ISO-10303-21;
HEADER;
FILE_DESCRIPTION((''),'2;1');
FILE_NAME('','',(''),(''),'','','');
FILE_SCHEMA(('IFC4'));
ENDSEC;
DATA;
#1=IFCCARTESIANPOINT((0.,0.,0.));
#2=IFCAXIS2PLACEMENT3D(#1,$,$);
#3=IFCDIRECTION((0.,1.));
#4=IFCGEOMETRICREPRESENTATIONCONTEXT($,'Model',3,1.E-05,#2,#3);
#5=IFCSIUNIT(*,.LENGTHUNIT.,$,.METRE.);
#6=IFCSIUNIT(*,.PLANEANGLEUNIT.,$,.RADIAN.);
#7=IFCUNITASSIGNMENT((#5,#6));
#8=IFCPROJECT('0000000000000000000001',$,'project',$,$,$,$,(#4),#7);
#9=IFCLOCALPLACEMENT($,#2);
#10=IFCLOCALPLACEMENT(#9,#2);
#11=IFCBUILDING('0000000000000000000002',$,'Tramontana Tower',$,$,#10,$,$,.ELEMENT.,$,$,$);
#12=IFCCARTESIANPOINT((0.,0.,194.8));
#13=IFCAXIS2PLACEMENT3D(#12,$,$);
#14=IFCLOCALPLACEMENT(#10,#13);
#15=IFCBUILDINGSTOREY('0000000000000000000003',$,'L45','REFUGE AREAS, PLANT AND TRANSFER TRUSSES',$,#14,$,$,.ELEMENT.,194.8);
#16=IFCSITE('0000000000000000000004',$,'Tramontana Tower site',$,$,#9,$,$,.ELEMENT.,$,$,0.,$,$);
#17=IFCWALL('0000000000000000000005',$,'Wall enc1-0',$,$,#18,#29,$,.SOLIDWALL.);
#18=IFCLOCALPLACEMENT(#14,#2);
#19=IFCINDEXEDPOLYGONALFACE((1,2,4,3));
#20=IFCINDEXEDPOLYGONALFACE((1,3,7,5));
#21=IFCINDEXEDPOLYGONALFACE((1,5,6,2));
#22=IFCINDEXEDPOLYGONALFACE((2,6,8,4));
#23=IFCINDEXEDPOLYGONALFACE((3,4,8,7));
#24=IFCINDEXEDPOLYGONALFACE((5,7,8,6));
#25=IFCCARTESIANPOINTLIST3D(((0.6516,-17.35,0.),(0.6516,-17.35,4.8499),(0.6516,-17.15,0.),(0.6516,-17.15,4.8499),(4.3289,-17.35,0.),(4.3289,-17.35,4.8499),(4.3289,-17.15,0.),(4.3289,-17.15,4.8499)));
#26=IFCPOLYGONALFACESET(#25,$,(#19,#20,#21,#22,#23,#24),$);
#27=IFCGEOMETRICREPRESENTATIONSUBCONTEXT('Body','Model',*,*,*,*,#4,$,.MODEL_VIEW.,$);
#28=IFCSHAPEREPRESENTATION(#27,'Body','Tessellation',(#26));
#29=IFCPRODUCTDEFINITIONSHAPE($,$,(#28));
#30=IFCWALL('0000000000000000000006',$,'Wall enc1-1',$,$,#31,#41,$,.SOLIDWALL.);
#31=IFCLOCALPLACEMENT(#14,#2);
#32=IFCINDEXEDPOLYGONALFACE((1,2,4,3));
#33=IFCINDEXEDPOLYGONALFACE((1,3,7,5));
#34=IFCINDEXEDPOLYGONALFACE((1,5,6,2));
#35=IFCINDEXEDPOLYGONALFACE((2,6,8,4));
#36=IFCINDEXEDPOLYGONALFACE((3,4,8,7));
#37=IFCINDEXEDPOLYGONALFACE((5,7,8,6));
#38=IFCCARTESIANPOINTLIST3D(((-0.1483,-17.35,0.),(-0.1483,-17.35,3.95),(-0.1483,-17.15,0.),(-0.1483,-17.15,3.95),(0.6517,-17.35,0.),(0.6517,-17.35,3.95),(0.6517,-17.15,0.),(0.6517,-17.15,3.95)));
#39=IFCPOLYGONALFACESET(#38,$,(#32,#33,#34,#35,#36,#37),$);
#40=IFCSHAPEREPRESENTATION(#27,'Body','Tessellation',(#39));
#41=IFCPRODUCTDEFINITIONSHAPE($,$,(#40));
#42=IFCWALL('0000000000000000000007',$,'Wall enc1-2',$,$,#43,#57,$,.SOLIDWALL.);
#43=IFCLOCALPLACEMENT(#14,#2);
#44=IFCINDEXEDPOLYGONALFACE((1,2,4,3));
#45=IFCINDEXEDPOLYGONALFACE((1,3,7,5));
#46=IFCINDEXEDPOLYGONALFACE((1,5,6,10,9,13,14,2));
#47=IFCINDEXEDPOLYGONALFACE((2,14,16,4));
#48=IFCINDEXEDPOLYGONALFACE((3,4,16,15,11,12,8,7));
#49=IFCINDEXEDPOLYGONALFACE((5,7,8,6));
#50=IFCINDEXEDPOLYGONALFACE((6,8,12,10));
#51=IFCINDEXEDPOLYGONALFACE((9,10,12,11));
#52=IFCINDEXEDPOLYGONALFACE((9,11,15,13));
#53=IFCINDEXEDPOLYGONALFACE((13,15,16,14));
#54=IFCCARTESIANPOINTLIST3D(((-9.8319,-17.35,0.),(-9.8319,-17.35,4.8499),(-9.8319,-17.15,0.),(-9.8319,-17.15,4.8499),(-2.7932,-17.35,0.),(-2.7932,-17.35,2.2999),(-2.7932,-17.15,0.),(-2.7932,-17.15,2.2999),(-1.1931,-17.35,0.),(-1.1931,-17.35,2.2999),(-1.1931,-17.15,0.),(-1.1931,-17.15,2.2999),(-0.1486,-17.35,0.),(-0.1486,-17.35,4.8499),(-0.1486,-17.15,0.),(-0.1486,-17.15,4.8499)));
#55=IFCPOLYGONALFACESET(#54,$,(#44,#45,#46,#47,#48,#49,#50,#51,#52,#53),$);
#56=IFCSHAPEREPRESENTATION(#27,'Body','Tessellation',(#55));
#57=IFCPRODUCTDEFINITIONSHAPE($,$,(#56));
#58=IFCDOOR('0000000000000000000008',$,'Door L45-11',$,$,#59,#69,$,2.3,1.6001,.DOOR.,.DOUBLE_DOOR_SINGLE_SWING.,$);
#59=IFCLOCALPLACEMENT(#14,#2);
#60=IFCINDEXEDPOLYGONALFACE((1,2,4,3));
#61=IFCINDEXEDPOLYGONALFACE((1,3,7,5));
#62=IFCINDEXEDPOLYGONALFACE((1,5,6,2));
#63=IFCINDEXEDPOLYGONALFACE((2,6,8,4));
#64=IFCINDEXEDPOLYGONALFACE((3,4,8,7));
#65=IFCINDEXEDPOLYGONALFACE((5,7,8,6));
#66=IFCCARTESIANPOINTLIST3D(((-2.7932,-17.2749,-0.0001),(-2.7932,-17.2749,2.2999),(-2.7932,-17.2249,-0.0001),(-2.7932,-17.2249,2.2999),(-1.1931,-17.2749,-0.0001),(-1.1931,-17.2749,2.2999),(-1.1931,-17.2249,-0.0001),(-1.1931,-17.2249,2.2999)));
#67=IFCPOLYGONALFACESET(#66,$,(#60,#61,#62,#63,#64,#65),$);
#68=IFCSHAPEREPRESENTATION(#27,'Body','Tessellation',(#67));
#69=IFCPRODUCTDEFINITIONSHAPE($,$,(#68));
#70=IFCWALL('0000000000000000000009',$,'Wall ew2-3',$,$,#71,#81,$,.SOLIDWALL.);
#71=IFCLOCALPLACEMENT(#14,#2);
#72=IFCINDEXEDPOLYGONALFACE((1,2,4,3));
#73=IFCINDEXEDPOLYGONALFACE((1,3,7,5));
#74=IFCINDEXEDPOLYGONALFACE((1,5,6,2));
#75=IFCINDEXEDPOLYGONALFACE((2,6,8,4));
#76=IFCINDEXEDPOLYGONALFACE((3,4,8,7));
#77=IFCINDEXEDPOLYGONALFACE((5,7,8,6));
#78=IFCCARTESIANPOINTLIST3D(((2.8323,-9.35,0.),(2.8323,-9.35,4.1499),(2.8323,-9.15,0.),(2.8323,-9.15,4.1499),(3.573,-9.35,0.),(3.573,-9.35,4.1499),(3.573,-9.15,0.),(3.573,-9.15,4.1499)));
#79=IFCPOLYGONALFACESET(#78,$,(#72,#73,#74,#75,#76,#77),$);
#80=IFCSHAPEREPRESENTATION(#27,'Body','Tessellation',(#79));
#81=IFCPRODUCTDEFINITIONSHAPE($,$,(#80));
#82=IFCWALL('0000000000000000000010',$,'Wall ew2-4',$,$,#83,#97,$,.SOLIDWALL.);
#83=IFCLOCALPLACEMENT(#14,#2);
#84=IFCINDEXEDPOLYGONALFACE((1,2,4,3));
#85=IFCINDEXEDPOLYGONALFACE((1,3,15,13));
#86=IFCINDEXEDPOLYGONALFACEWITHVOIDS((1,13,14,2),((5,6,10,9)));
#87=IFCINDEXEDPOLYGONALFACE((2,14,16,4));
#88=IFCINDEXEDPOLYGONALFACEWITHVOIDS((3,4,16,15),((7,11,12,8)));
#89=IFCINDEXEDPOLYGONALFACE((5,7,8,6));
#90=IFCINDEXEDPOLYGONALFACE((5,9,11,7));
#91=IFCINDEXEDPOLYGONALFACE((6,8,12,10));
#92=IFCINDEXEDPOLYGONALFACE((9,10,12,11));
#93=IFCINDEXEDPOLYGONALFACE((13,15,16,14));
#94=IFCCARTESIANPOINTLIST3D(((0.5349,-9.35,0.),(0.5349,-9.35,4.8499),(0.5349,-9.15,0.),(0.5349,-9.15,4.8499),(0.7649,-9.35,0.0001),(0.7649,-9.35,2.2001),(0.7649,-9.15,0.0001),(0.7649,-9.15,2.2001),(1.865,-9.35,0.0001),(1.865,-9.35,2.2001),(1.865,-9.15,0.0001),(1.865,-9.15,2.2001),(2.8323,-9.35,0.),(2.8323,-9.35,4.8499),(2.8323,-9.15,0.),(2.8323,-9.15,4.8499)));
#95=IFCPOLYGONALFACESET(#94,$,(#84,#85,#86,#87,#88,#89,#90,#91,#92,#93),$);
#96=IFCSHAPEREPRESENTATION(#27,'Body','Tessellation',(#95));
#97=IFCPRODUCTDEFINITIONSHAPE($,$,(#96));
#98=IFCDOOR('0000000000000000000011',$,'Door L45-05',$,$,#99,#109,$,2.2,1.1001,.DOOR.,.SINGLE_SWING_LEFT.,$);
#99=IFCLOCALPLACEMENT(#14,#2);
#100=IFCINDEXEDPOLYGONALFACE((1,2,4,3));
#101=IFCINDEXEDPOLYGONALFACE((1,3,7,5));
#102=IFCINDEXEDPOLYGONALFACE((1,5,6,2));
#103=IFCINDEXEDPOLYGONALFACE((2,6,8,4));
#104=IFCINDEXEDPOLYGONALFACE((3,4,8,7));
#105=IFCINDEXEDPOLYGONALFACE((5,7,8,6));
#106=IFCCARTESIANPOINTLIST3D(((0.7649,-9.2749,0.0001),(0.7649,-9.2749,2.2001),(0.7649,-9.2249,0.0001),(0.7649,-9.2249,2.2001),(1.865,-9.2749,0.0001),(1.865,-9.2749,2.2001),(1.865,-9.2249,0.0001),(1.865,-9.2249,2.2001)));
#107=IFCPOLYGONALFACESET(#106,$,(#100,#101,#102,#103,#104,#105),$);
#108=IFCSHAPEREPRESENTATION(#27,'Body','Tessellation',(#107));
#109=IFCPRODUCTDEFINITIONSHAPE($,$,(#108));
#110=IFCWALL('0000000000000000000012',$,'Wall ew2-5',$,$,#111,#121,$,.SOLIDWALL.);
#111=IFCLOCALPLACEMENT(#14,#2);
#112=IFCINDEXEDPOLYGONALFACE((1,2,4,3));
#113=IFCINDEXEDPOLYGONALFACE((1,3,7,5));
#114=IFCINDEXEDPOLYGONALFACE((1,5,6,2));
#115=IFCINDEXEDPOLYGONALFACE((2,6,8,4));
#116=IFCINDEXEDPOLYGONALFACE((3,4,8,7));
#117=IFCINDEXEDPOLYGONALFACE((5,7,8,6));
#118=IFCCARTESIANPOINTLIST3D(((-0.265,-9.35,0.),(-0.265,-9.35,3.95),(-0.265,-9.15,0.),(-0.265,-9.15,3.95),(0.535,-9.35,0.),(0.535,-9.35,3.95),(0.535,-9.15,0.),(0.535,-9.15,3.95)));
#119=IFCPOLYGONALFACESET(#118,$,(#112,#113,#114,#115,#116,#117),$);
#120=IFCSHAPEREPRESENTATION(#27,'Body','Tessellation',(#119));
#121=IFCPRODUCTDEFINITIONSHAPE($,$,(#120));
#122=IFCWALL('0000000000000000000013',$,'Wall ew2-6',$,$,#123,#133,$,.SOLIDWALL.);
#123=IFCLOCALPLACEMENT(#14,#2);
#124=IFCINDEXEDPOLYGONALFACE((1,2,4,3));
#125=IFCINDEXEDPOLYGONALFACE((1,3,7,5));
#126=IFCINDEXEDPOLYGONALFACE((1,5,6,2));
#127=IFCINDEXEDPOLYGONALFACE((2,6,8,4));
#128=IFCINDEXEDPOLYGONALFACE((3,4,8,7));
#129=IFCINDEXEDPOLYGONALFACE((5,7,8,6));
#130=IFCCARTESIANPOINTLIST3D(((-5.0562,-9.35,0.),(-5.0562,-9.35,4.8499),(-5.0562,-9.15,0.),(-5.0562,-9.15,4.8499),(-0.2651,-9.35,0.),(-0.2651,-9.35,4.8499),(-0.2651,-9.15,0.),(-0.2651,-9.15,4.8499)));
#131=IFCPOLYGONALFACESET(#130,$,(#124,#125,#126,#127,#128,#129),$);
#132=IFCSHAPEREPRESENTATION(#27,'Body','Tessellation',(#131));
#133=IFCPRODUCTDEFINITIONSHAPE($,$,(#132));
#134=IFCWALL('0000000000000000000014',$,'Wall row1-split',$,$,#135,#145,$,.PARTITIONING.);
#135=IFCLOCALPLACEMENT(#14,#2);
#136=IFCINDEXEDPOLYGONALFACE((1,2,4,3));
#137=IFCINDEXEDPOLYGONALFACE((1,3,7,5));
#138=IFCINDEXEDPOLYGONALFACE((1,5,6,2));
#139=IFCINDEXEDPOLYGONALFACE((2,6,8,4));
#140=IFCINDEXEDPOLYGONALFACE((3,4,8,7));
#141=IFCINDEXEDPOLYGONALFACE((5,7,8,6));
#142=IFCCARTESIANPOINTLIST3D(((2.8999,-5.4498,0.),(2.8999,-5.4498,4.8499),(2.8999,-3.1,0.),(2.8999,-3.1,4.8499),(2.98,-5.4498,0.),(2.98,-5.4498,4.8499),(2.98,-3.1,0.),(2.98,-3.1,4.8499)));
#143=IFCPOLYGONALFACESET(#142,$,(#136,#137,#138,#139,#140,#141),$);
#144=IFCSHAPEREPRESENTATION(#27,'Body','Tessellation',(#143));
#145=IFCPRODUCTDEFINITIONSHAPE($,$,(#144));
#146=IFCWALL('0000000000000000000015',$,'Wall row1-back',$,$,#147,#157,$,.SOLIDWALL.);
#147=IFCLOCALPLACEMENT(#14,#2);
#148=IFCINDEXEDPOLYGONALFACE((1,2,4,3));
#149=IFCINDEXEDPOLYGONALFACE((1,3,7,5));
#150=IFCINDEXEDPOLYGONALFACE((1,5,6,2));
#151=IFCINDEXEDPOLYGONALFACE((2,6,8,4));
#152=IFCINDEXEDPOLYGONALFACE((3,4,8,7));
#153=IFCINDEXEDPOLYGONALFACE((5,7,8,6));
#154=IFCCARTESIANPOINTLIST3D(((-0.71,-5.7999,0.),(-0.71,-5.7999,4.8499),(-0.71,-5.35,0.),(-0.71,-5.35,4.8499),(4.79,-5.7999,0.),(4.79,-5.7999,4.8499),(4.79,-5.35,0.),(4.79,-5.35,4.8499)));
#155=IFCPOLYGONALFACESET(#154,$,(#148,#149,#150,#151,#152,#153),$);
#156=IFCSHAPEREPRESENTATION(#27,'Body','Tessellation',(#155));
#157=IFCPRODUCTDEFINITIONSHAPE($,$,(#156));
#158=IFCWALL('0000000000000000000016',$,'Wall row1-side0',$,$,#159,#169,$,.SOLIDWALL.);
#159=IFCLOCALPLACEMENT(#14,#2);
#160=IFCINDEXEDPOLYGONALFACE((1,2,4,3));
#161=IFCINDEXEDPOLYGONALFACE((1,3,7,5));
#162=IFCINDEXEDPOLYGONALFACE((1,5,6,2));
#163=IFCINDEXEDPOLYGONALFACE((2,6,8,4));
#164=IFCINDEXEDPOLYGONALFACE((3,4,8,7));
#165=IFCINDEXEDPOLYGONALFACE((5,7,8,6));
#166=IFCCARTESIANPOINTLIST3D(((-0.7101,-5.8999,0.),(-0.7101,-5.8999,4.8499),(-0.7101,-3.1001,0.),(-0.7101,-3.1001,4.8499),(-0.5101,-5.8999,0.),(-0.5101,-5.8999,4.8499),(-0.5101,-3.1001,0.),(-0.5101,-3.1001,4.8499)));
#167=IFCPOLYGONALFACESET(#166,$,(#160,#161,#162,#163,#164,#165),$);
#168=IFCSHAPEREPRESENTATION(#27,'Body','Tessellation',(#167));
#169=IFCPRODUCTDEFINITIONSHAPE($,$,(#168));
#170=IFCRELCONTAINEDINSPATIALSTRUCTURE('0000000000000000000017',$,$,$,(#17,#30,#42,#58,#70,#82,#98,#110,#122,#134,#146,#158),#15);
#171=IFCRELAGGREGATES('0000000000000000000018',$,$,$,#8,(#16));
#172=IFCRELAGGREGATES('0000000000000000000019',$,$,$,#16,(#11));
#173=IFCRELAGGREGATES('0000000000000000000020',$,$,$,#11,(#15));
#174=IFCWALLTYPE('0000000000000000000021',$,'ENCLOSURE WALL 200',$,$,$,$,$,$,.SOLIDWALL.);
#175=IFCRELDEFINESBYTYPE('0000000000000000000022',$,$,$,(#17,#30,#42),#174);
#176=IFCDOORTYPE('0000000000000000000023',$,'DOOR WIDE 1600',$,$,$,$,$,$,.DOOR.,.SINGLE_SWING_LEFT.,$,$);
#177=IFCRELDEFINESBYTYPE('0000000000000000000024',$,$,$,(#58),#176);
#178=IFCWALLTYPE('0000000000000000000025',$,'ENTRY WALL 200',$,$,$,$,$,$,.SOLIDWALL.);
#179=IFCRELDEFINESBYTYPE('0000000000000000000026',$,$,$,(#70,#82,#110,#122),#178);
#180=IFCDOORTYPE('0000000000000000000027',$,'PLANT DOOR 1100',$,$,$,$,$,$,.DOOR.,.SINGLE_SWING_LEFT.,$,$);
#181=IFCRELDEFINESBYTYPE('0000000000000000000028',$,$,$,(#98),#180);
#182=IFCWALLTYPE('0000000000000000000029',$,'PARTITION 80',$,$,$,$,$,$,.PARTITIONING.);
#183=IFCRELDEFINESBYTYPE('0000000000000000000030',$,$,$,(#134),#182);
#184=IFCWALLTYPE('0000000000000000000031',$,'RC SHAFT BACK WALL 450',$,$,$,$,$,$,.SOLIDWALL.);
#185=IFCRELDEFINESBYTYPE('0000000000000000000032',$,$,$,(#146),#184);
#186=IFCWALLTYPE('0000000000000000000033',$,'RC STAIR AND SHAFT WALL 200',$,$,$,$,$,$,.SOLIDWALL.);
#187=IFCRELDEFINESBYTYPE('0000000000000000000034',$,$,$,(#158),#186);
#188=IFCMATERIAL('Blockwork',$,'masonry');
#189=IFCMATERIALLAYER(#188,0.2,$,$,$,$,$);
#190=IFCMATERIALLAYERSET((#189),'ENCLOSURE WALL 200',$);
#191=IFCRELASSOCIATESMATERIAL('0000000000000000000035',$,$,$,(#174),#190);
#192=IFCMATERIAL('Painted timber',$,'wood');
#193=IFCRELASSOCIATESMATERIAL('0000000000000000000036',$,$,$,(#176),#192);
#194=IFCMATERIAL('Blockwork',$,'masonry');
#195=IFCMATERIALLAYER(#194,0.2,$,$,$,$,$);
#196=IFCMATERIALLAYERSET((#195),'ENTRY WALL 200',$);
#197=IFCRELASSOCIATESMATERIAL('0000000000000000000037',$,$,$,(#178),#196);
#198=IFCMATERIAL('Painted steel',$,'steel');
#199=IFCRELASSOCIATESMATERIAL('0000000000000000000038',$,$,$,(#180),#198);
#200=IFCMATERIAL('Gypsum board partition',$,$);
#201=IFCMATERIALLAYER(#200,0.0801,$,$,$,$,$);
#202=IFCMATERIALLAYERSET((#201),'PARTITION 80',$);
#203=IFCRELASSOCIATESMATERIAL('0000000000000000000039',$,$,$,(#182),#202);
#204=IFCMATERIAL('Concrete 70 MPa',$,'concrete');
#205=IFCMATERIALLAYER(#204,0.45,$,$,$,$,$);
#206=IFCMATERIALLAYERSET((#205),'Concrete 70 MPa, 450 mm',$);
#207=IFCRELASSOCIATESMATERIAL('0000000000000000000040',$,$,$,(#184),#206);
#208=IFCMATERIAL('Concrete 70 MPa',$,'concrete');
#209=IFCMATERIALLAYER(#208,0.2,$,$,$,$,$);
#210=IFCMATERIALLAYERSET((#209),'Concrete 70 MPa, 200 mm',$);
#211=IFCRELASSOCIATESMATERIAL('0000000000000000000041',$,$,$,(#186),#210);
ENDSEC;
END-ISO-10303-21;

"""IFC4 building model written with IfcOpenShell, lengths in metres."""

from ifc_helpers import new_model, si_unit, direction, frame, frame_2d, origin, place, context, subcontext, project, spatial, rectangle, extrude, material, layer, layer_set, type_object, element, fill, save


model = new_model("IFC4")

# Units and contexts
model_context = context("Model", 3, precision=1e-05, world=origin(), true_north=direction((0.0, 1.0)))
body_context = subcontext(model_context, "Body", "Model", "MODEL_VIEW")
ifc_project = project(units=[si_unit("LENGTHUNIT", "METRE"), si_unit("PLANEANGLEUNIT", "RADIAN")], contexts=[model_context])

# Site, building, storey
site_placement = place(None, origin())
site = spatial("IfcSite", under=ifc_project, at=site_placement, Name="Tramontana Tower site", CompositionType="ELEMENT", RefElevation=0.0)
building_placement = place(site_placement, origin())
building = spatial("IfcBuilding", under=site, at=building_placement, Name="Tramontana Tower", CompositionType="ELEMENT")
storey_placement = place(building_placement, frame((0.0, 0.0, 194.8)))
storey = spatial("IfcBuildingStorey", under=building, at=storey_placement, Name="L45", Description="REFUGE AREAS, PLANT AND TRANSFER TRUSSES", CompositionType="ELEMENT", Elevation=194.8)

# Walls
ifc_material_1 = material(Name="Blockwork", Category="masonry")
ifc_layer_1 = layer(ifc_material_1, 0.2)
ifc_layer_set_1 = layer_set([ifc_layer_1], Name="ENCLOSURE WALL 200")
wall_type_1 = type_object("IfcWallType", Name="ENCLOSURE WALL 200", PredefinedType="SOLIDWALL", material=ifc_layer_set_1)
wall_1_placement = place(storey_placement, frame((4.3289, -17.25, 0.0), z_axis=(0.0, 0.0, 1.0), x_axis=(-1.0, 0.0, 0.0)))
element("IfcWall", 1, at=wall_1_placement, inside=storey, type_object=wall_type_1, Name="Wall enc1-0", PredefinedType="SOLIDWALL", context=body_context, shape_type="SweptSolid", body=[
    extrude(rectangle(XDim=3.6772, YDim=0.2, at=frame_2d((1.8386, 0.0))), origin(), (0.0, 0.0, 1.0), 4.8499),
])
wall_2_placement = place(storey_placement, frame((0.6516, -17.25, 0.0), z_axis=(0.0, 0.0, 1.0), x_axis=(-1.0, 0.0, 0.0)))
element("IfcWall", 2, at=wall_2_placement, inside=storey, type_object=wall_type_1, Name="Wall enc1-1", PredefinedType="SOLIDWALL", context=body_context, shape_type="SweptSolid", body=[
    extrude(rectangle(XDim=0.8, YDim=0.2, at=frame_2d((0.3999, 0.0))), origin(), (0.0, 0.0, 1.0), 3.95),
])

# Wall, opening, door
wall_3_placement = place(storey_placement, frame((-0.1484, -17.25, 0.0), z_axis=(0.0, 0.0, 1.0), x_axis=(-1.0, 0.0, 0.0)))
wall_3 = element("IfcWall", 3, at=wall_3_placement, inside=storey, type_object=wall_type_1, Name="Wall enc1-2", PredefinedType="SOLIDWALL", context=body_context, shape_type="SweptSolid", body=[
    extrude(rectangle(XDim=9.6833, YDim=0.2, at=frame_2d((4.8418, 0.0))), origin(), (0.0, 0.0, 1.0), 4.8499),
])
opening_1_placement = place(wall_3_placement, frame((1.0447, 0.0, 0.0)))
opening_1 = element("IfcOpeningElement", 4, at=opening_1_placement, cuts=wall_3, PredefinedType="OPENING", context=body_context, shape_type="SweptSolid", body=[
    extrude(rectangle(XDim=1.6001, YDim=2.3, at=frame_2d((0.8, 1.1499))), frame((0.0, 0.1099, 0.0), z_axis=(0.0, -1.0, 0.0), x_axis=(1.0, 0.0, 0.0)), (0.0, 0.0, 1.0), 0.22),
])
ifc_material_2 = material(Name="Painted timber", Category="wood")
door_type_1 = type_object("IfcDoorType", Name="DOOR WIDE 1600", OperationType="SINGLE_SWING_LEFT", PredefinedType="DOOR", material=ifc_material_2)
door_1_placement = place(opening_1_placement, origin())
door_1 = element("IfcDoor", 5, at=door_1_placement, inside=storey, type_object=door_type_1, Name="Door L45-11", OperationType="DOUBLE_DOOR_SINGLE_SWING", OverallHeight=2.3, OverallWidth=1.6001, PredefinedType="DOOR", context=body_context, shape_type="SweptSolid", body=[
    extrude(rectangle(XDim=1.6001, YDim=2.3, at=frame_2d((0.8, 1.1499))), frame((0.0, 0.0249, 0.0), z_axis=(0.0, -1.0, 0.0), x_axis=(1.0, 0.0, 0.0)), (0.0, 0.0, 1.0), 0.05),
])
fill(opening_1, door_1)

# Wall
ifc_material_3 = material(Name="Blockwork", Category="masonry")
ifc_layer_2 = layer(ifc_material_3, 0.2)
ifc_layer_set_2 = layer_set([ifc_layer_2], Name="ENTRY WALL 200")
wall_type_2 = type_object("IfcWallType", Name="ENTRY WALL 200", PredefinedType="SOLIDWALL", material=ifc_layer_set_2)
wall_4_placement = place(storey_placement, frame((3.573, -9.25, 0.0), z_axis=(0.0, 0.0, 1.0), x_axis=(-1.0, 0.0, 0.0)))
element("IfcWall", 6, at=wall_4_placement, inside=storey, type_object=wall_type_2, Name="Wall ew2-3", PredefinedType="SOLIDWALL", context=body_context, shape_type="SweptSolid", body=[
    extrude(rectangle(XDim=0.7407, YDim=0.2, at=frame_2d((0.3704, 0.0))), origin(), (0.0, 0.0, 1.0), 4.1499),
])

# Wall, opening, door
wall_5_placement = place(storey_placement, frame((2.8323, -9.25, 0.0), z_axis=(0.0, 0.0, 1.0), x_axis=(-1.0, 0.0, 0.0)))
wall_5 = element("IfcWall", 7, at=wall_5_placement, inside=storey, type_object=wall_type_2, Name="Wall ew2-4", PredefinedType="SOLIDWALL", context=body_context, shape_type="SweptSolid", body=[
    extrude(rectangle(XDim=2.2974, YDim=0.2, at=frame_2d((1.1487, 0.0))), origin(), (0.0, 0.0, 1.0), 4.8499),
])
opening_2_placement = place(wall_5_placement, frame((0.9673, 0.0, 0.0)))
opening_2 = element("IfcOpeningElement", 8, at=opening_2_placement, cuts=wall_5, PredefinedType="OPENING", context=body_context, shape_type="SweptSolid", body=[
    extrude(rectangle(XDim=1.1001, YDim=2.2, at=frame_2d((0.55, 1.1001))), frame((0.0, 0.1099, 0.0), z_axis=(0.0, -1.0, 0.0), x_axis=(1.0, 0.0, 0.0)), (0.0, 0.0, 1.0), 0.22),
])
ifc_material_4 = material(Name="Painted steel", Category="steel")
door_type_2 = type_object("IfcDoorType", Name="PLANT DOOR 1100", OperationType="SINGLE_SWING_LEFT", PredefinedType="DOOR", material=ifc_material_4)
door_2_placement = place(opening_2_placement, origin())
door_2 = element("IfcDoor", 9, at=door_2_placement, inside=storey, type_object=door_type_2, Name="Door L45-05", OperationType="SINGLE_SWING_LEFT", OverallHeight=2.2, OverallWidth=1.1001, PredefinedType="DOOR", context=body_context, shape_type="SweptSolid", body=[
    extrude(rectangle(XDim=1.1001, YDim=2.2, at=frame_2d((0.55, 1.1001))), frame((0.0, 0.0249, 0.0), z_axis=(0.0, -1.0, 0.0), x_axis=(1.0, 0.0, 0.0)), (0.0, 0.0, 1.0), 0.05),
])
fill(opening_2, door_2)

# Walls
wall_6_placement = place(storey_placement, frame((0.5349, -9.25, 0.0), z_axis=(0.0, 0.0, 1.0), x_axis=(-1.0, 0.0, 0.0)))
element("IfcWall", 10, at=wall_6_placement, inside=storey, type_object=wall_type_2, Name="Wall ew2-5", PredefinedType="SOLIDWALL", context=body_context, shape_type="SweptSolid", body=[
    extrude(rectangle(XDim=0.8, YDim=0.2, at=frame_2d((0.3999, 0.0))), origin(), (0.0, 0.0, 1.0), 3.95),
])
wall_7_placement = place(storey_placement, frame((-0.2651, -9.25, 0.0), z_axis=(0.0, 0.0, 1.0), x_axis=(-1.0, 0.0, 0.0)))
element("IfcWall", 11, at=wall_7_placement, inside=storey, type_object=wall_type_2, Name="Wall ew2-6", PredefinedType="SOLIDWALL", context=body_context, shape_type="SweptSolid", body=[
    extrude(rectangle(XDim=4.791, YDim=0.2, at=frame_2d((2.3955, 0.0))), origin(), (0.0, 0.0, 1.0), 4.8499),
])
ifc_material_5 = material(Name="Gypsum board partition")
ifc_layer_3 = layer(ifc_material_5, 0.0801)
ifc_layer_set_3 = layer_set([ifc_layer_3], Name="PARTITION 80")
wall_type_3 = type_object("IfcWallType", Name="PARTITION 80", PredefinedType="PARTITIONING", material=ifc_layer_set_3)
wall_8_placement = place(storey_placement, frame((2.9399, -3.1001, 0.0), z_axis=(0.0, 0.0, 1.0), x_axis=(0.0, -1.0, 0.0)))
element("IfcWall", 12, at=wall_8_placement, inside=storey, type_object=wall_type_3, Name="Wall row1-split", PredefinedType="PARTITIONING", context=body_context, shape_type="SweptSolid", body=[
    extrude(rectangle(XDim=2.3499, YDim=0.0801, at=frame_2d((1.1748, 0.0))), origin(), (0.0, 0.0, 1.0), 4.8499),
])
ifc_material_6 = material(Name="Concrete 70 MPa", Category="concrete")
ifc_layer_4 = layer(ifc_material_6, 0.45)
ifc_layer_set_4 = layer_set([ifc_layer_4], Name="Concrete 70 MPa, 450 mm")
wall_type_4 = type_object("IfcWallType", Name="RC SHAFT BACK WALL 450", PredefinedType="SOLIDWALL", material=ifc_layer_set_4)
wall_9_placement = place(storey_placement, frame((-0.71, -5.575, 0.0), z_axis=(0.0, 0.0, 1.0), x_axis=(1.0, 0.0, 0.0)))
element("IfcWall", 13, at=wall_9_placement, inside=storey, type_object=wall_type_4, Name="Wall row1-back", PredefinedType="SOLIDWALL", context=body_context, shape_type="SweptSolid", body=[
    extrude(rectangle(XDim=5.5, YDim=0.45, at=frame_2d((2.75, 0.0))), origin(), (0.0, 0.0, 1.0), 4.8499),
])
ifc_material_7 = material(Name="Concrete 70 MPa", Category="concrete")
ifc_layer_5 = layer(ifc_material_7, 0.2)
ifc_layer_set_5 = layer_set([ifc_layer_5], Name="Concrete 70 MPa, 200 mm")
wall_type_5 = type_object("IfcWallType", Name="RC STAIR AND SHAFT WALL 200", PredefinedType="SOLIDWALL", material=ifc_layer_set_5)
wall_10_placement = place(storey_placement, frame((-0.6101, -3.1001, 0.0), z_axis=(0.0, 0.0, 1.0), x_axis=(0.0, -1.0, 0.0)))
element("IfcWall", 14, at=wall_10_placement, inside=storey, type_object=wall_type_5, Name="Wall row1-side0", PredefinedType="SOLIDWALL", context=body_context, shape_type="SweptSolid", body=[
    extrude(rectangle(XDim=2.7998, YDim=0.2, at=frame_2d((1.3999, 0.0))), origin(), (0.0, 0.0, 1.0), 4.8499),
])

save(model, "model.ifc")
